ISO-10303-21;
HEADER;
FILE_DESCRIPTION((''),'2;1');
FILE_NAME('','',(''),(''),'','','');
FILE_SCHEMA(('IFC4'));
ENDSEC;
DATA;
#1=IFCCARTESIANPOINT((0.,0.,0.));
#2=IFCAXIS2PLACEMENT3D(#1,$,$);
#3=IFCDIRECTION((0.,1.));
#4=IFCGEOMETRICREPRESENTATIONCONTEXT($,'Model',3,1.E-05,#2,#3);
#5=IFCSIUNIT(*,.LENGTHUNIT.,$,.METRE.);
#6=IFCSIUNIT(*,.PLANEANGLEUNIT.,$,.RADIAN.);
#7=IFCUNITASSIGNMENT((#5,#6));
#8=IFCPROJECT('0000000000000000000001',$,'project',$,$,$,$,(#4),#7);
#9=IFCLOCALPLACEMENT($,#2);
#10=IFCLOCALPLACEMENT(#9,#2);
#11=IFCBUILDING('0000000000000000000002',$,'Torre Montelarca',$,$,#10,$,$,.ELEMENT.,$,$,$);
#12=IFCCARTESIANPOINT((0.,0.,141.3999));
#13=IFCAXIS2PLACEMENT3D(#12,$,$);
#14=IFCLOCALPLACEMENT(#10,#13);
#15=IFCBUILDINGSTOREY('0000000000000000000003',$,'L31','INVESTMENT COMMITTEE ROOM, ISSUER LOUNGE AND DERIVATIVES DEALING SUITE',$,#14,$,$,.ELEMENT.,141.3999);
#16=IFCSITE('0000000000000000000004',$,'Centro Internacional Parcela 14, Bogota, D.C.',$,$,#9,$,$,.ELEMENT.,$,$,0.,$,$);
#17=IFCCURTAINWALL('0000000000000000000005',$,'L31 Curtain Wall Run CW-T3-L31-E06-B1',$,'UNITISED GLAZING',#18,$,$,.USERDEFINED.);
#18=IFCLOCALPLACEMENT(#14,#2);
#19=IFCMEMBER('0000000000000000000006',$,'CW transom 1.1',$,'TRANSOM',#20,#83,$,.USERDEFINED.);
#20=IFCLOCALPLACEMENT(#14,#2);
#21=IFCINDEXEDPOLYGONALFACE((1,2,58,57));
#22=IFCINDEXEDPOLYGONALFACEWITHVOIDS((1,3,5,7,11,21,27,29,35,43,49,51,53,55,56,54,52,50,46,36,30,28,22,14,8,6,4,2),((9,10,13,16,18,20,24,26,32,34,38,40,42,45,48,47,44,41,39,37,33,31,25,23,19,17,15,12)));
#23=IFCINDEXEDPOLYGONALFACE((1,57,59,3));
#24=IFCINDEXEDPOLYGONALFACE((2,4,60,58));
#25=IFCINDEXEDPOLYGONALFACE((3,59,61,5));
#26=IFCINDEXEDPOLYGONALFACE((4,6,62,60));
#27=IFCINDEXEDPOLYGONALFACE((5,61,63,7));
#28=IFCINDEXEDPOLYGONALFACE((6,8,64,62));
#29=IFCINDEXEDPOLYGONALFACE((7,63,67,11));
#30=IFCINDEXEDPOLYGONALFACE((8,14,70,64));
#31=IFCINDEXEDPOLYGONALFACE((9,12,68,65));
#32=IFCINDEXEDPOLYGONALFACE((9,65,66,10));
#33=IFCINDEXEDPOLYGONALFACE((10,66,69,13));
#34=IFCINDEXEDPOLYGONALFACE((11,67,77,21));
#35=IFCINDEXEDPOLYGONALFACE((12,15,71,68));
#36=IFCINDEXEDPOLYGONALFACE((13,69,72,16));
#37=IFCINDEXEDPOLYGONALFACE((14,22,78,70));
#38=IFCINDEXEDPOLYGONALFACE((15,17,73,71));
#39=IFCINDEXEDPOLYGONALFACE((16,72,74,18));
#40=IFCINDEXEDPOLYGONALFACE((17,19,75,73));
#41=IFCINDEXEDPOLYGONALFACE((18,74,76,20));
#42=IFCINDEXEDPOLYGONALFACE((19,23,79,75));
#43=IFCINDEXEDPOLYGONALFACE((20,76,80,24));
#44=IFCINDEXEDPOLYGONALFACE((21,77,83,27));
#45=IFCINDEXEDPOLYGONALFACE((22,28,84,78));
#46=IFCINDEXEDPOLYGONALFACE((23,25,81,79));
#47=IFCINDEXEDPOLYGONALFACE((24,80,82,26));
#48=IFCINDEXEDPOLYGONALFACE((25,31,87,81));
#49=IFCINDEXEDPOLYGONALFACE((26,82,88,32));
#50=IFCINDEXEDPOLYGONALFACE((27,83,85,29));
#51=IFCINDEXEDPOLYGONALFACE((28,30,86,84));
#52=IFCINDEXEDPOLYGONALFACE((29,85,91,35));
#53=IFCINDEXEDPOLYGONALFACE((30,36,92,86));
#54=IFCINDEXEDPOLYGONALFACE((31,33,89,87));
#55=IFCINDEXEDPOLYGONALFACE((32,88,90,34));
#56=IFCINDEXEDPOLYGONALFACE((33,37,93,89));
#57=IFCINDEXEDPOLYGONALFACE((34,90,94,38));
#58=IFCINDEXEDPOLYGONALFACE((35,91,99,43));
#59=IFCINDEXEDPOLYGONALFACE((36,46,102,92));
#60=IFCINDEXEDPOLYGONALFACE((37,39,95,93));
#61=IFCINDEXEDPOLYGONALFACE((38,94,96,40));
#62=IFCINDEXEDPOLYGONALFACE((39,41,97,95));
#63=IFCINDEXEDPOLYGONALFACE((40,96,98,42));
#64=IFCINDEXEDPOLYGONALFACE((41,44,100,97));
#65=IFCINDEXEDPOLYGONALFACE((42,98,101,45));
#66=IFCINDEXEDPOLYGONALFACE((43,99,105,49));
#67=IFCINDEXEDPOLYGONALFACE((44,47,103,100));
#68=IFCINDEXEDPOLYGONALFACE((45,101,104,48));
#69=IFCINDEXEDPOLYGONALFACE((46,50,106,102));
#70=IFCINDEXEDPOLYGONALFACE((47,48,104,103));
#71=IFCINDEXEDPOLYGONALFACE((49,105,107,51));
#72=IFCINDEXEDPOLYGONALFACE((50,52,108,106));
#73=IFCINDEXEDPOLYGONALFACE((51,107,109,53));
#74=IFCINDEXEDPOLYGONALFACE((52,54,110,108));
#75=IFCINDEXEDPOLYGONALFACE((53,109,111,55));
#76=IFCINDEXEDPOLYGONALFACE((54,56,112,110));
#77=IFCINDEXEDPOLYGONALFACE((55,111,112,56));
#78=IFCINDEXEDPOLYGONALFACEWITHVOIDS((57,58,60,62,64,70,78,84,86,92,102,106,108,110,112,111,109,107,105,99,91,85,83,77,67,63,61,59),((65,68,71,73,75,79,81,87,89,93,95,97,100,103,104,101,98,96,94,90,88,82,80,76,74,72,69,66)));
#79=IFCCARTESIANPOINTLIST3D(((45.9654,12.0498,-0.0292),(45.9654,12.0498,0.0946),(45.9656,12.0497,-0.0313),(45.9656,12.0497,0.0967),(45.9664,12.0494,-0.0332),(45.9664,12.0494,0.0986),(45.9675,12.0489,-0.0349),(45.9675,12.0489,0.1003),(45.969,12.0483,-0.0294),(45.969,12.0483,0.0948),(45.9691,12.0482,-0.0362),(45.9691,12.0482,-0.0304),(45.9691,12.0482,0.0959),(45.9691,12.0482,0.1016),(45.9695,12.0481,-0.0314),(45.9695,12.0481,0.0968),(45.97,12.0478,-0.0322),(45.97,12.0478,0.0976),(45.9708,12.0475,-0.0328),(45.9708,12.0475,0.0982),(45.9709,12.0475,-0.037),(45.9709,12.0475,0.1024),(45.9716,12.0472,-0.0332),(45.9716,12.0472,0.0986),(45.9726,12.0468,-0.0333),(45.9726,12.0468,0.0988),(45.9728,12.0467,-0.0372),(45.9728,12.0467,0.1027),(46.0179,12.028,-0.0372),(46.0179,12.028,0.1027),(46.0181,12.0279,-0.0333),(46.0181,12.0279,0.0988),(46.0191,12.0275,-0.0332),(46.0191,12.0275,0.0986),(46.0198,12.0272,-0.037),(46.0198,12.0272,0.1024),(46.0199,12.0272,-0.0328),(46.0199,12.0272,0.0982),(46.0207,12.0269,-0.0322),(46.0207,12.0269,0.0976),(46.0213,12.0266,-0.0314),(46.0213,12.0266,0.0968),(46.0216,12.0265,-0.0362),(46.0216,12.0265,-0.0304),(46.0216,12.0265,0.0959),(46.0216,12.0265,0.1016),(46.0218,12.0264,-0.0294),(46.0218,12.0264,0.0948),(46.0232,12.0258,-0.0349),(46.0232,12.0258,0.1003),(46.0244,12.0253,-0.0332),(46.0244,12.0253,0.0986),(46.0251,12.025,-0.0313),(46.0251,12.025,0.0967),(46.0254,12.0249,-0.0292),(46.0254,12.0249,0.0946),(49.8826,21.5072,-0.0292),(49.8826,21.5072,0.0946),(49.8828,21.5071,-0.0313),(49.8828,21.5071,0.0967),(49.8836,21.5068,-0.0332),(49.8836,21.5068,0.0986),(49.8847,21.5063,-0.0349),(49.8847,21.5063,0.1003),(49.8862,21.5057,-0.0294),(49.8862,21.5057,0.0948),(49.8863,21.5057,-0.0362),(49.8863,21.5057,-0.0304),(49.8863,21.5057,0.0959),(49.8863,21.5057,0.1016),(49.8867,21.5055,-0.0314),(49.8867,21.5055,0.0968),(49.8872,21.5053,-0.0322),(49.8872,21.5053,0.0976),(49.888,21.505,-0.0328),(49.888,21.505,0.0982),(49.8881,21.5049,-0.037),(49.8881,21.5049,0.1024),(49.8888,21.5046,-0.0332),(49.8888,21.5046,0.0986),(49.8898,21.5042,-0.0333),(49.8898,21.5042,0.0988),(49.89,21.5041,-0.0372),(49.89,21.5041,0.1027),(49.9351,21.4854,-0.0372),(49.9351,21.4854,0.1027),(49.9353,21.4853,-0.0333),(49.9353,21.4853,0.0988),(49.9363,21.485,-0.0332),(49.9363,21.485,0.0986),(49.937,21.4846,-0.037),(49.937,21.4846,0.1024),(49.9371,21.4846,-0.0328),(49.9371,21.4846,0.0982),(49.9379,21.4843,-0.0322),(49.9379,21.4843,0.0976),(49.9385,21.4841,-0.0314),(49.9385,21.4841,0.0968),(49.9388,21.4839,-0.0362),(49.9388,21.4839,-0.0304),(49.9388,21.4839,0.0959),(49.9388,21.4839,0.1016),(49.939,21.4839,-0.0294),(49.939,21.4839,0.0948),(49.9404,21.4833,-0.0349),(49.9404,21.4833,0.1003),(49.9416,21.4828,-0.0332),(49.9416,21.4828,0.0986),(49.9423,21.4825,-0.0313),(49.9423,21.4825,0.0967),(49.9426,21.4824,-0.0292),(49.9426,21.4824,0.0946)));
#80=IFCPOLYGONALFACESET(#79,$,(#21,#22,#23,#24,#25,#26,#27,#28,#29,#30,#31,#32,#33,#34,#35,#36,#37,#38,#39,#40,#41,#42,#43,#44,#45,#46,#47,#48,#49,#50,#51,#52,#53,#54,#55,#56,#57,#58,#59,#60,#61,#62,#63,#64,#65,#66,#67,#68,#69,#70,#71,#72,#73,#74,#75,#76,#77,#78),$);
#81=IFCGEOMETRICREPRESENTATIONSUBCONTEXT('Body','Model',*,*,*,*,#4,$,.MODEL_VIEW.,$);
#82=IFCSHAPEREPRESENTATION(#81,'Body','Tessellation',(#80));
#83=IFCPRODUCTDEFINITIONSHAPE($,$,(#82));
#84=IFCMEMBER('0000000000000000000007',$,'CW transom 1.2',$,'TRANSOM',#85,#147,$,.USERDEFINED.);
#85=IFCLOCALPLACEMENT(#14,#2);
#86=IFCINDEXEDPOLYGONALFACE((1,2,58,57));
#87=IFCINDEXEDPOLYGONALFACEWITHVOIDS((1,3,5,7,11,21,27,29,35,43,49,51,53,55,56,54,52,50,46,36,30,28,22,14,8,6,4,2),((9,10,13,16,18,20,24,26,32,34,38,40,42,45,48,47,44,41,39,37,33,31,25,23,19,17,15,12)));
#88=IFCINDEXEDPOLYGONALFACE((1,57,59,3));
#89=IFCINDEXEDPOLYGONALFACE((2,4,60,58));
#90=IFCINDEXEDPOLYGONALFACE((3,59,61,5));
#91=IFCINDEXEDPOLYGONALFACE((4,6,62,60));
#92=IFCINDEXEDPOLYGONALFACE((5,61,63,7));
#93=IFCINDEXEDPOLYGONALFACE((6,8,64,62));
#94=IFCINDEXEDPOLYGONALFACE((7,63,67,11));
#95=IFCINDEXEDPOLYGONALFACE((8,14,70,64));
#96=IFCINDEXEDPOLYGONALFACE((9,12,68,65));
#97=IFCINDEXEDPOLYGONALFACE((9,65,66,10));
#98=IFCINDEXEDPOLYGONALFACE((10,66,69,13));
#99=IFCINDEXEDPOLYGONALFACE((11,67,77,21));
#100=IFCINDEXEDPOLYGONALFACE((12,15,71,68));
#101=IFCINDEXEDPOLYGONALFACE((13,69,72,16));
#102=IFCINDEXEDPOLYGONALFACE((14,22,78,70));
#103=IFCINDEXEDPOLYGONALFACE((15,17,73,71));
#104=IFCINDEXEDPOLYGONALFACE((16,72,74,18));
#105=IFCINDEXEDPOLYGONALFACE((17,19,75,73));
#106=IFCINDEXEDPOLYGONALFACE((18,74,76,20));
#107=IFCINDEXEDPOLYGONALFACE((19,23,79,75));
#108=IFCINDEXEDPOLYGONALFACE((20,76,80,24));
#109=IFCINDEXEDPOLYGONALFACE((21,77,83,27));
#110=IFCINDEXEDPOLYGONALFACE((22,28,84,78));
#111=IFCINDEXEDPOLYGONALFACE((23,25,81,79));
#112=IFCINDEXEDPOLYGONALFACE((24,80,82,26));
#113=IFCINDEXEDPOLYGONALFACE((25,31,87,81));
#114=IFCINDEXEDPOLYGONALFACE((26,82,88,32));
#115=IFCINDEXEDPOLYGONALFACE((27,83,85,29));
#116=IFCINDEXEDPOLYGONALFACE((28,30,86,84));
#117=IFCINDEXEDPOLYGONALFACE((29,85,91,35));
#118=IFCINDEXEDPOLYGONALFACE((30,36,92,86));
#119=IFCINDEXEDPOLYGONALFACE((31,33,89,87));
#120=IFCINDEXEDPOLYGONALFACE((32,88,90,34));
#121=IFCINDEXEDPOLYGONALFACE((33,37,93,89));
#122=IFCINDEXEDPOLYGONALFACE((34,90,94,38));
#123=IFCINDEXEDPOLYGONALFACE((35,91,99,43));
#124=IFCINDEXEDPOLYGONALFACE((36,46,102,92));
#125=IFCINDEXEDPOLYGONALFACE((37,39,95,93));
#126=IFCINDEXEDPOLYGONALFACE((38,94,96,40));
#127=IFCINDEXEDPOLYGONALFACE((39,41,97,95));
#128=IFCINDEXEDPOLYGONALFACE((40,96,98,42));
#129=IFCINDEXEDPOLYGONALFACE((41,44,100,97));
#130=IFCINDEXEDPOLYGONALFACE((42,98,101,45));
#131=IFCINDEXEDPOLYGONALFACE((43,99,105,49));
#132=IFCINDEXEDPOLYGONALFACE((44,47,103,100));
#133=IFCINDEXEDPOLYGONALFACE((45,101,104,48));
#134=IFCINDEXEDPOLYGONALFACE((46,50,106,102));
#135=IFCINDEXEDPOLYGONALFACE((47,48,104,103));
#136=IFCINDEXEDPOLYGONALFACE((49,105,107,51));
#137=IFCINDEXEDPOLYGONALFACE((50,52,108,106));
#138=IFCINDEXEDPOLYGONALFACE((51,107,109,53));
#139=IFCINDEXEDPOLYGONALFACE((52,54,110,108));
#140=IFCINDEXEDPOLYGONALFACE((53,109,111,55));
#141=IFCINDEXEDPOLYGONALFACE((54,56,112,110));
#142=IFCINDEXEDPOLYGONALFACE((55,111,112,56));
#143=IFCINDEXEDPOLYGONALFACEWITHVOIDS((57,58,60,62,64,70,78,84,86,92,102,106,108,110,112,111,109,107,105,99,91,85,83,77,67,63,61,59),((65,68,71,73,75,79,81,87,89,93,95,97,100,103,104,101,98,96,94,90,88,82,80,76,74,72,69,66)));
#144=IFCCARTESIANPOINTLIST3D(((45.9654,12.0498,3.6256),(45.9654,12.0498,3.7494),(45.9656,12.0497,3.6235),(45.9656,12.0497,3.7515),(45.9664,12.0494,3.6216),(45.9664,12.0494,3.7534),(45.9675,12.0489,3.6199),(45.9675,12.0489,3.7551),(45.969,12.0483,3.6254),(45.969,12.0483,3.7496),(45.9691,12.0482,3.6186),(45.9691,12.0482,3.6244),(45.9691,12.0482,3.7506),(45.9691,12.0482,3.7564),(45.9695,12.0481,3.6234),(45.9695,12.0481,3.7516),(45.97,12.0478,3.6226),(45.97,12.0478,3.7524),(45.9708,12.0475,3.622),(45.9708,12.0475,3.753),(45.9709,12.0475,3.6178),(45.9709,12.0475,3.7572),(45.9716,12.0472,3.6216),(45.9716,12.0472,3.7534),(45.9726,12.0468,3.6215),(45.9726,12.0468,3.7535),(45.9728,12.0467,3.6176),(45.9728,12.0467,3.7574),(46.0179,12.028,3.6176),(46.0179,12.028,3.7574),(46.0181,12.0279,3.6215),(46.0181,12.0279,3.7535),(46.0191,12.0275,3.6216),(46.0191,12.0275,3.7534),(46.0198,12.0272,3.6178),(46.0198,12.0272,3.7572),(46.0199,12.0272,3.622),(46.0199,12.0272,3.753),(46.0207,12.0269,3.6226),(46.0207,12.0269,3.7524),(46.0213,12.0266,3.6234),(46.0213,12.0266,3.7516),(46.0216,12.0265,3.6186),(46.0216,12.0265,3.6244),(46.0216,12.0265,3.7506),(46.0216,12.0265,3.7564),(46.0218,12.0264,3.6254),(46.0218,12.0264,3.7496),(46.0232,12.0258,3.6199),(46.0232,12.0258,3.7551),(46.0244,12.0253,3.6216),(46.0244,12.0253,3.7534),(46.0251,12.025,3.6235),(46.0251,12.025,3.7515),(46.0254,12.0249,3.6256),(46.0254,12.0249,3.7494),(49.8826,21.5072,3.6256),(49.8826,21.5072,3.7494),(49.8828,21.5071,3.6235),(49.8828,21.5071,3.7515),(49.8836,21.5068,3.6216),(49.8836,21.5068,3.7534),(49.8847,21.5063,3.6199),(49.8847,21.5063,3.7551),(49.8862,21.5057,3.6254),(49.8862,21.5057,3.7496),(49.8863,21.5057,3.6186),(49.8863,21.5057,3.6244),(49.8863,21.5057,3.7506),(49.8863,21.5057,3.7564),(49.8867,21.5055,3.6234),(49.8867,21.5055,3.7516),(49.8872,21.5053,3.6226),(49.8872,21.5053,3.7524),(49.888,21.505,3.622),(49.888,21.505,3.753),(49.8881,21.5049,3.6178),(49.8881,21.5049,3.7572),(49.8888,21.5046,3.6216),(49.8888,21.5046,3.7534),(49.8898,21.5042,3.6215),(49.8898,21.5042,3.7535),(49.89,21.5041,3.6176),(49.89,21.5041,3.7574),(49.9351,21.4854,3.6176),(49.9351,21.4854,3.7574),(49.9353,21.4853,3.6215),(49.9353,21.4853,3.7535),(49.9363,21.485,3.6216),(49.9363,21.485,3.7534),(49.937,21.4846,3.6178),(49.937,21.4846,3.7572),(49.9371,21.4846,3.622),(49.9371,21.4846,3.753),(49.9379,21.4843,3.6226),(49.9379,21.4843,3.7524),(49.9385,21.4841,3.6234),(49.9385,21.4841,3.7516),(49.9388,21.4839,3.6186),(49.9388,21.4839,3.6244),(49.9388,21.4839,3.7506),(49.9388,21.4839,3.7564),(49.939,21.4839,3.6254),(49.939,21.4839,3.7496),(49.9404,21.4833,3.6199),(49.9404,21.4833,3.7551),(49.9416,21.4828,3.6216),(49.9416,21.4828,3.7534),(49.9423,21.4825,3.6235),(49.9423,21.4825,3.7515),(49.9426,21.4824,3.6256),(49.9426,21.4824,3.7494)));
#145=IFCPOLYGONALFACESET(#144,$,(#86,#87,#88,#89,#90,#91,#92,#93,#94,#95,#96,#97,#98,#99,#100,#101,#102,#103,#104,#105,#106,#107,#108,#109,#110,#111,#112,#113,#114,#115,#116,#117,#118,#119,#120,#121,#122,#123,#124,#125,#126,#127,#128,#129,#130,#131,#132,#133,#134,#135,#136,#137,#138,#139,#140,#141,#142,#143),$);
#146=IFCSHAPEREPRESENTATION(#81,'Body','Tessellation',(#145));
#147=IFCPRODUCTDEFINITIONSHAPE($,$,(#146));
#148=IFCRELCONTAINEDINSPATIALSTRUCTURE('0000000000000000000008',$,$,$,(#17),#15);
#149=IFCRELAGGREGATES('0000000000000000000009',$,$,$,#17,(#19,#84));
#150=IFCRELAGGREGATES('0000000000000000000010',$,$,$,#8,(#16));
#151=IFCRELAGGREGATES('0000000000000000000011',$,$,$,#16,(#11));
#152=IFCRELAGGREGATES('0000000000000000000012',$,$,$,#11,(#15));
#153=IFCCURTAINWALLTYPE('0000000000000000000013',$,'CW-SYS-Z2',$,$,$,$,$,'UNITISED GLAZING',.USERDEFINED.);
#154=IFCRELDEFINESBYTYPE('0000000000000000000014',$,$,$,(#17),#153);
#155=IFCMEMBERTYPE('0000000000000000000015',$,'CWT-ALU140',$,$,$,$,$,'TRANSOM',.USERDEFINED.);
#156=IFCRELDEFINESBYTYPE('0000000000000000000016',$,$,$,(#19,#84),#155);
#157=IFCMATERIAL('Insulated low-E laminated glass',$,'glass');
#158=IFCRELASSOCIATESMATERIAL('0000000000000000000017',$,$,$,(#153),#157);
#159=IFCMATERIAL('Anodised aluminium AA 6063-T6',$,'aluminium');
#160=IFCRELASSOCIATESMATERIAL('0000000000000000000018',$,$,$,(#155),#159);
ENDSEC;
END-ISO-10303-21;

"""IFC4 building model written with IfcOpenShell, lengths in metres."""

from ifc_helpers import new_model, si_unit, direction, frame, origin, origin_2d, place, context, subcontext, project, spatial, hollow_rectangle, extrude, source, transform, mapped, material, material_profile, profile_set, type_object, element, aggregate, save


model = new_model("IFC4")

# Units and contexts
model_context = context("Model", 3, precision=1e-05, world=origin(), true_north=direction((0.0, 1.0)))
body_context = subcontext(model_context, "Body", "Model", "MODEL_VIEW")
ifc_project = project(units=[si_unit("LENGTHUNIT", "METRE"), si_unit("PLANEANGLEUNIT", "RADIAN")], contexts=[model_context])

# Site, building, storey
site_placement = place(None, origin())
site = spatial("IfcSite", under=ifc_project, at=site_placement, Name="Centro Internacional Parcela 14, Bogota, D.C.", CompositionType="ELEMENT", RefElevation=0.0)
building_placement = place(site_placement, origin())
building = spatial("IfcBuilding", under=site, at=building_placement, Name="Torre Montelarca", CompositionType="ELEMENT")
storey_placement = place(building_placement, frame((0.0, 0.0, 141.3999)))
storey = spatial("IfcBuildingStorey", under=building, at=storey_placement, Name="L31", Description="INVESTMENT COMMITTEE ROOM, ISSUER LOUNGE AND DERIVATIVES DEALING SUITE", CompositionType="ELEMENT", Elevation=141.3999)

# Curtain wall, members
ifc_material_1 = material(Name="Insulated low-E laminated glass", Category="glass")
curtain_wall_type = type_object("IfcCurtainWallType", Name="CW-SYS-Z2", ElementType="UNITISED GLAZING", PredefinedType="USERDEFINED", material=ifc_material_1)
ifc_material_2 = material(Name="Anodised aluminium AA 6063-T6", Category="aluminium")
ifc_material_profile_1 = material_profile(ifc_material_2, hollow_rectangle(XDim=0.0649, YDim=0.1399, WallThickness=0.0039, InnerFilletRadius=0.0039, OuterFilletRadius=0.0081, at=origin_2d()), Name="ALU65X140X4", Category="aluminium")
ifc_profile_set_1 = profile_set([ifc_material_profile_1], Name="Anodised aluminium AA 6063-T6")
member_type_1 = type_object("IfcMemberType", Name="CWT-ALU140", ElementType="TRANSOM", PredefinedType="USERDEFINED", material=ifc_profile_set_1)
curtain_wall_1_placement = place(storey_placement, origin())
curtain_wall_1 = element("IfcCurtainWall", 1, at=curtain_wall_1_placement, inside=storey, type_object=curtain_wall_type, Name="L31 Curtain Wall Run CW-T3-L31-E06-B1", ObjectType="UNITISED GLAZING", PredefinedType="USERDEFINED")
shared_shape_1 = source(origin(), body_context, "Body", "SweptSolid", [
    extrude(hollow_rectangle(XDim=0.0649, YDim=0.1399, WallThickness=0.0039, InnerFilletRadius=0.0039, OuterFilletRadius=0.0081, at=origin_2d()), origin(), (0.0, 0.0, 1.0), 10.2366),
])
member_1_placement = place(storey_placement, frame((45.9954, 12.0374, 0.0327), z_axis=(0.382667, 0.923886, 0.0), x_axis=(-0.923886, 0.382667, 0.0)))
member_1 = element("IfcMember", 2, at=member_1_placement, type_object=member_type_1, Name="CW transom 1.1", ObjectType="TRANSOM", PredefinedType="USERDEFINED", context=body_context, shape_type="MappedRepresentation", body=[
    mapped(shared_shape_1, transform((0.0, 0.0, 0.0), scale=1.0)),
])
member_2_placement = place(storey_placement, frame((45.9954, 12.0374, 3.6875), z_axis=(0.382667, 0.923886, 0.0), x_axis=(-0.923886, 0.382667, 0.0)))
member_2 = element("IfcMember", 3, at=member_2_placement, type_object=member_type_1, Name="CW transom 1.2", ObjectType="TRANSOM", PredefinedType="USERDEFINED", context=body_context, shape_type="MappedRepresentation", body=[
    mapped(shared_shape_1, transform((0.0, 0.0, 0.0), scale=1.0)),
])

aggregate(curtain_wall_1, [member_1, member_2])

save(model, "model.ifc")
